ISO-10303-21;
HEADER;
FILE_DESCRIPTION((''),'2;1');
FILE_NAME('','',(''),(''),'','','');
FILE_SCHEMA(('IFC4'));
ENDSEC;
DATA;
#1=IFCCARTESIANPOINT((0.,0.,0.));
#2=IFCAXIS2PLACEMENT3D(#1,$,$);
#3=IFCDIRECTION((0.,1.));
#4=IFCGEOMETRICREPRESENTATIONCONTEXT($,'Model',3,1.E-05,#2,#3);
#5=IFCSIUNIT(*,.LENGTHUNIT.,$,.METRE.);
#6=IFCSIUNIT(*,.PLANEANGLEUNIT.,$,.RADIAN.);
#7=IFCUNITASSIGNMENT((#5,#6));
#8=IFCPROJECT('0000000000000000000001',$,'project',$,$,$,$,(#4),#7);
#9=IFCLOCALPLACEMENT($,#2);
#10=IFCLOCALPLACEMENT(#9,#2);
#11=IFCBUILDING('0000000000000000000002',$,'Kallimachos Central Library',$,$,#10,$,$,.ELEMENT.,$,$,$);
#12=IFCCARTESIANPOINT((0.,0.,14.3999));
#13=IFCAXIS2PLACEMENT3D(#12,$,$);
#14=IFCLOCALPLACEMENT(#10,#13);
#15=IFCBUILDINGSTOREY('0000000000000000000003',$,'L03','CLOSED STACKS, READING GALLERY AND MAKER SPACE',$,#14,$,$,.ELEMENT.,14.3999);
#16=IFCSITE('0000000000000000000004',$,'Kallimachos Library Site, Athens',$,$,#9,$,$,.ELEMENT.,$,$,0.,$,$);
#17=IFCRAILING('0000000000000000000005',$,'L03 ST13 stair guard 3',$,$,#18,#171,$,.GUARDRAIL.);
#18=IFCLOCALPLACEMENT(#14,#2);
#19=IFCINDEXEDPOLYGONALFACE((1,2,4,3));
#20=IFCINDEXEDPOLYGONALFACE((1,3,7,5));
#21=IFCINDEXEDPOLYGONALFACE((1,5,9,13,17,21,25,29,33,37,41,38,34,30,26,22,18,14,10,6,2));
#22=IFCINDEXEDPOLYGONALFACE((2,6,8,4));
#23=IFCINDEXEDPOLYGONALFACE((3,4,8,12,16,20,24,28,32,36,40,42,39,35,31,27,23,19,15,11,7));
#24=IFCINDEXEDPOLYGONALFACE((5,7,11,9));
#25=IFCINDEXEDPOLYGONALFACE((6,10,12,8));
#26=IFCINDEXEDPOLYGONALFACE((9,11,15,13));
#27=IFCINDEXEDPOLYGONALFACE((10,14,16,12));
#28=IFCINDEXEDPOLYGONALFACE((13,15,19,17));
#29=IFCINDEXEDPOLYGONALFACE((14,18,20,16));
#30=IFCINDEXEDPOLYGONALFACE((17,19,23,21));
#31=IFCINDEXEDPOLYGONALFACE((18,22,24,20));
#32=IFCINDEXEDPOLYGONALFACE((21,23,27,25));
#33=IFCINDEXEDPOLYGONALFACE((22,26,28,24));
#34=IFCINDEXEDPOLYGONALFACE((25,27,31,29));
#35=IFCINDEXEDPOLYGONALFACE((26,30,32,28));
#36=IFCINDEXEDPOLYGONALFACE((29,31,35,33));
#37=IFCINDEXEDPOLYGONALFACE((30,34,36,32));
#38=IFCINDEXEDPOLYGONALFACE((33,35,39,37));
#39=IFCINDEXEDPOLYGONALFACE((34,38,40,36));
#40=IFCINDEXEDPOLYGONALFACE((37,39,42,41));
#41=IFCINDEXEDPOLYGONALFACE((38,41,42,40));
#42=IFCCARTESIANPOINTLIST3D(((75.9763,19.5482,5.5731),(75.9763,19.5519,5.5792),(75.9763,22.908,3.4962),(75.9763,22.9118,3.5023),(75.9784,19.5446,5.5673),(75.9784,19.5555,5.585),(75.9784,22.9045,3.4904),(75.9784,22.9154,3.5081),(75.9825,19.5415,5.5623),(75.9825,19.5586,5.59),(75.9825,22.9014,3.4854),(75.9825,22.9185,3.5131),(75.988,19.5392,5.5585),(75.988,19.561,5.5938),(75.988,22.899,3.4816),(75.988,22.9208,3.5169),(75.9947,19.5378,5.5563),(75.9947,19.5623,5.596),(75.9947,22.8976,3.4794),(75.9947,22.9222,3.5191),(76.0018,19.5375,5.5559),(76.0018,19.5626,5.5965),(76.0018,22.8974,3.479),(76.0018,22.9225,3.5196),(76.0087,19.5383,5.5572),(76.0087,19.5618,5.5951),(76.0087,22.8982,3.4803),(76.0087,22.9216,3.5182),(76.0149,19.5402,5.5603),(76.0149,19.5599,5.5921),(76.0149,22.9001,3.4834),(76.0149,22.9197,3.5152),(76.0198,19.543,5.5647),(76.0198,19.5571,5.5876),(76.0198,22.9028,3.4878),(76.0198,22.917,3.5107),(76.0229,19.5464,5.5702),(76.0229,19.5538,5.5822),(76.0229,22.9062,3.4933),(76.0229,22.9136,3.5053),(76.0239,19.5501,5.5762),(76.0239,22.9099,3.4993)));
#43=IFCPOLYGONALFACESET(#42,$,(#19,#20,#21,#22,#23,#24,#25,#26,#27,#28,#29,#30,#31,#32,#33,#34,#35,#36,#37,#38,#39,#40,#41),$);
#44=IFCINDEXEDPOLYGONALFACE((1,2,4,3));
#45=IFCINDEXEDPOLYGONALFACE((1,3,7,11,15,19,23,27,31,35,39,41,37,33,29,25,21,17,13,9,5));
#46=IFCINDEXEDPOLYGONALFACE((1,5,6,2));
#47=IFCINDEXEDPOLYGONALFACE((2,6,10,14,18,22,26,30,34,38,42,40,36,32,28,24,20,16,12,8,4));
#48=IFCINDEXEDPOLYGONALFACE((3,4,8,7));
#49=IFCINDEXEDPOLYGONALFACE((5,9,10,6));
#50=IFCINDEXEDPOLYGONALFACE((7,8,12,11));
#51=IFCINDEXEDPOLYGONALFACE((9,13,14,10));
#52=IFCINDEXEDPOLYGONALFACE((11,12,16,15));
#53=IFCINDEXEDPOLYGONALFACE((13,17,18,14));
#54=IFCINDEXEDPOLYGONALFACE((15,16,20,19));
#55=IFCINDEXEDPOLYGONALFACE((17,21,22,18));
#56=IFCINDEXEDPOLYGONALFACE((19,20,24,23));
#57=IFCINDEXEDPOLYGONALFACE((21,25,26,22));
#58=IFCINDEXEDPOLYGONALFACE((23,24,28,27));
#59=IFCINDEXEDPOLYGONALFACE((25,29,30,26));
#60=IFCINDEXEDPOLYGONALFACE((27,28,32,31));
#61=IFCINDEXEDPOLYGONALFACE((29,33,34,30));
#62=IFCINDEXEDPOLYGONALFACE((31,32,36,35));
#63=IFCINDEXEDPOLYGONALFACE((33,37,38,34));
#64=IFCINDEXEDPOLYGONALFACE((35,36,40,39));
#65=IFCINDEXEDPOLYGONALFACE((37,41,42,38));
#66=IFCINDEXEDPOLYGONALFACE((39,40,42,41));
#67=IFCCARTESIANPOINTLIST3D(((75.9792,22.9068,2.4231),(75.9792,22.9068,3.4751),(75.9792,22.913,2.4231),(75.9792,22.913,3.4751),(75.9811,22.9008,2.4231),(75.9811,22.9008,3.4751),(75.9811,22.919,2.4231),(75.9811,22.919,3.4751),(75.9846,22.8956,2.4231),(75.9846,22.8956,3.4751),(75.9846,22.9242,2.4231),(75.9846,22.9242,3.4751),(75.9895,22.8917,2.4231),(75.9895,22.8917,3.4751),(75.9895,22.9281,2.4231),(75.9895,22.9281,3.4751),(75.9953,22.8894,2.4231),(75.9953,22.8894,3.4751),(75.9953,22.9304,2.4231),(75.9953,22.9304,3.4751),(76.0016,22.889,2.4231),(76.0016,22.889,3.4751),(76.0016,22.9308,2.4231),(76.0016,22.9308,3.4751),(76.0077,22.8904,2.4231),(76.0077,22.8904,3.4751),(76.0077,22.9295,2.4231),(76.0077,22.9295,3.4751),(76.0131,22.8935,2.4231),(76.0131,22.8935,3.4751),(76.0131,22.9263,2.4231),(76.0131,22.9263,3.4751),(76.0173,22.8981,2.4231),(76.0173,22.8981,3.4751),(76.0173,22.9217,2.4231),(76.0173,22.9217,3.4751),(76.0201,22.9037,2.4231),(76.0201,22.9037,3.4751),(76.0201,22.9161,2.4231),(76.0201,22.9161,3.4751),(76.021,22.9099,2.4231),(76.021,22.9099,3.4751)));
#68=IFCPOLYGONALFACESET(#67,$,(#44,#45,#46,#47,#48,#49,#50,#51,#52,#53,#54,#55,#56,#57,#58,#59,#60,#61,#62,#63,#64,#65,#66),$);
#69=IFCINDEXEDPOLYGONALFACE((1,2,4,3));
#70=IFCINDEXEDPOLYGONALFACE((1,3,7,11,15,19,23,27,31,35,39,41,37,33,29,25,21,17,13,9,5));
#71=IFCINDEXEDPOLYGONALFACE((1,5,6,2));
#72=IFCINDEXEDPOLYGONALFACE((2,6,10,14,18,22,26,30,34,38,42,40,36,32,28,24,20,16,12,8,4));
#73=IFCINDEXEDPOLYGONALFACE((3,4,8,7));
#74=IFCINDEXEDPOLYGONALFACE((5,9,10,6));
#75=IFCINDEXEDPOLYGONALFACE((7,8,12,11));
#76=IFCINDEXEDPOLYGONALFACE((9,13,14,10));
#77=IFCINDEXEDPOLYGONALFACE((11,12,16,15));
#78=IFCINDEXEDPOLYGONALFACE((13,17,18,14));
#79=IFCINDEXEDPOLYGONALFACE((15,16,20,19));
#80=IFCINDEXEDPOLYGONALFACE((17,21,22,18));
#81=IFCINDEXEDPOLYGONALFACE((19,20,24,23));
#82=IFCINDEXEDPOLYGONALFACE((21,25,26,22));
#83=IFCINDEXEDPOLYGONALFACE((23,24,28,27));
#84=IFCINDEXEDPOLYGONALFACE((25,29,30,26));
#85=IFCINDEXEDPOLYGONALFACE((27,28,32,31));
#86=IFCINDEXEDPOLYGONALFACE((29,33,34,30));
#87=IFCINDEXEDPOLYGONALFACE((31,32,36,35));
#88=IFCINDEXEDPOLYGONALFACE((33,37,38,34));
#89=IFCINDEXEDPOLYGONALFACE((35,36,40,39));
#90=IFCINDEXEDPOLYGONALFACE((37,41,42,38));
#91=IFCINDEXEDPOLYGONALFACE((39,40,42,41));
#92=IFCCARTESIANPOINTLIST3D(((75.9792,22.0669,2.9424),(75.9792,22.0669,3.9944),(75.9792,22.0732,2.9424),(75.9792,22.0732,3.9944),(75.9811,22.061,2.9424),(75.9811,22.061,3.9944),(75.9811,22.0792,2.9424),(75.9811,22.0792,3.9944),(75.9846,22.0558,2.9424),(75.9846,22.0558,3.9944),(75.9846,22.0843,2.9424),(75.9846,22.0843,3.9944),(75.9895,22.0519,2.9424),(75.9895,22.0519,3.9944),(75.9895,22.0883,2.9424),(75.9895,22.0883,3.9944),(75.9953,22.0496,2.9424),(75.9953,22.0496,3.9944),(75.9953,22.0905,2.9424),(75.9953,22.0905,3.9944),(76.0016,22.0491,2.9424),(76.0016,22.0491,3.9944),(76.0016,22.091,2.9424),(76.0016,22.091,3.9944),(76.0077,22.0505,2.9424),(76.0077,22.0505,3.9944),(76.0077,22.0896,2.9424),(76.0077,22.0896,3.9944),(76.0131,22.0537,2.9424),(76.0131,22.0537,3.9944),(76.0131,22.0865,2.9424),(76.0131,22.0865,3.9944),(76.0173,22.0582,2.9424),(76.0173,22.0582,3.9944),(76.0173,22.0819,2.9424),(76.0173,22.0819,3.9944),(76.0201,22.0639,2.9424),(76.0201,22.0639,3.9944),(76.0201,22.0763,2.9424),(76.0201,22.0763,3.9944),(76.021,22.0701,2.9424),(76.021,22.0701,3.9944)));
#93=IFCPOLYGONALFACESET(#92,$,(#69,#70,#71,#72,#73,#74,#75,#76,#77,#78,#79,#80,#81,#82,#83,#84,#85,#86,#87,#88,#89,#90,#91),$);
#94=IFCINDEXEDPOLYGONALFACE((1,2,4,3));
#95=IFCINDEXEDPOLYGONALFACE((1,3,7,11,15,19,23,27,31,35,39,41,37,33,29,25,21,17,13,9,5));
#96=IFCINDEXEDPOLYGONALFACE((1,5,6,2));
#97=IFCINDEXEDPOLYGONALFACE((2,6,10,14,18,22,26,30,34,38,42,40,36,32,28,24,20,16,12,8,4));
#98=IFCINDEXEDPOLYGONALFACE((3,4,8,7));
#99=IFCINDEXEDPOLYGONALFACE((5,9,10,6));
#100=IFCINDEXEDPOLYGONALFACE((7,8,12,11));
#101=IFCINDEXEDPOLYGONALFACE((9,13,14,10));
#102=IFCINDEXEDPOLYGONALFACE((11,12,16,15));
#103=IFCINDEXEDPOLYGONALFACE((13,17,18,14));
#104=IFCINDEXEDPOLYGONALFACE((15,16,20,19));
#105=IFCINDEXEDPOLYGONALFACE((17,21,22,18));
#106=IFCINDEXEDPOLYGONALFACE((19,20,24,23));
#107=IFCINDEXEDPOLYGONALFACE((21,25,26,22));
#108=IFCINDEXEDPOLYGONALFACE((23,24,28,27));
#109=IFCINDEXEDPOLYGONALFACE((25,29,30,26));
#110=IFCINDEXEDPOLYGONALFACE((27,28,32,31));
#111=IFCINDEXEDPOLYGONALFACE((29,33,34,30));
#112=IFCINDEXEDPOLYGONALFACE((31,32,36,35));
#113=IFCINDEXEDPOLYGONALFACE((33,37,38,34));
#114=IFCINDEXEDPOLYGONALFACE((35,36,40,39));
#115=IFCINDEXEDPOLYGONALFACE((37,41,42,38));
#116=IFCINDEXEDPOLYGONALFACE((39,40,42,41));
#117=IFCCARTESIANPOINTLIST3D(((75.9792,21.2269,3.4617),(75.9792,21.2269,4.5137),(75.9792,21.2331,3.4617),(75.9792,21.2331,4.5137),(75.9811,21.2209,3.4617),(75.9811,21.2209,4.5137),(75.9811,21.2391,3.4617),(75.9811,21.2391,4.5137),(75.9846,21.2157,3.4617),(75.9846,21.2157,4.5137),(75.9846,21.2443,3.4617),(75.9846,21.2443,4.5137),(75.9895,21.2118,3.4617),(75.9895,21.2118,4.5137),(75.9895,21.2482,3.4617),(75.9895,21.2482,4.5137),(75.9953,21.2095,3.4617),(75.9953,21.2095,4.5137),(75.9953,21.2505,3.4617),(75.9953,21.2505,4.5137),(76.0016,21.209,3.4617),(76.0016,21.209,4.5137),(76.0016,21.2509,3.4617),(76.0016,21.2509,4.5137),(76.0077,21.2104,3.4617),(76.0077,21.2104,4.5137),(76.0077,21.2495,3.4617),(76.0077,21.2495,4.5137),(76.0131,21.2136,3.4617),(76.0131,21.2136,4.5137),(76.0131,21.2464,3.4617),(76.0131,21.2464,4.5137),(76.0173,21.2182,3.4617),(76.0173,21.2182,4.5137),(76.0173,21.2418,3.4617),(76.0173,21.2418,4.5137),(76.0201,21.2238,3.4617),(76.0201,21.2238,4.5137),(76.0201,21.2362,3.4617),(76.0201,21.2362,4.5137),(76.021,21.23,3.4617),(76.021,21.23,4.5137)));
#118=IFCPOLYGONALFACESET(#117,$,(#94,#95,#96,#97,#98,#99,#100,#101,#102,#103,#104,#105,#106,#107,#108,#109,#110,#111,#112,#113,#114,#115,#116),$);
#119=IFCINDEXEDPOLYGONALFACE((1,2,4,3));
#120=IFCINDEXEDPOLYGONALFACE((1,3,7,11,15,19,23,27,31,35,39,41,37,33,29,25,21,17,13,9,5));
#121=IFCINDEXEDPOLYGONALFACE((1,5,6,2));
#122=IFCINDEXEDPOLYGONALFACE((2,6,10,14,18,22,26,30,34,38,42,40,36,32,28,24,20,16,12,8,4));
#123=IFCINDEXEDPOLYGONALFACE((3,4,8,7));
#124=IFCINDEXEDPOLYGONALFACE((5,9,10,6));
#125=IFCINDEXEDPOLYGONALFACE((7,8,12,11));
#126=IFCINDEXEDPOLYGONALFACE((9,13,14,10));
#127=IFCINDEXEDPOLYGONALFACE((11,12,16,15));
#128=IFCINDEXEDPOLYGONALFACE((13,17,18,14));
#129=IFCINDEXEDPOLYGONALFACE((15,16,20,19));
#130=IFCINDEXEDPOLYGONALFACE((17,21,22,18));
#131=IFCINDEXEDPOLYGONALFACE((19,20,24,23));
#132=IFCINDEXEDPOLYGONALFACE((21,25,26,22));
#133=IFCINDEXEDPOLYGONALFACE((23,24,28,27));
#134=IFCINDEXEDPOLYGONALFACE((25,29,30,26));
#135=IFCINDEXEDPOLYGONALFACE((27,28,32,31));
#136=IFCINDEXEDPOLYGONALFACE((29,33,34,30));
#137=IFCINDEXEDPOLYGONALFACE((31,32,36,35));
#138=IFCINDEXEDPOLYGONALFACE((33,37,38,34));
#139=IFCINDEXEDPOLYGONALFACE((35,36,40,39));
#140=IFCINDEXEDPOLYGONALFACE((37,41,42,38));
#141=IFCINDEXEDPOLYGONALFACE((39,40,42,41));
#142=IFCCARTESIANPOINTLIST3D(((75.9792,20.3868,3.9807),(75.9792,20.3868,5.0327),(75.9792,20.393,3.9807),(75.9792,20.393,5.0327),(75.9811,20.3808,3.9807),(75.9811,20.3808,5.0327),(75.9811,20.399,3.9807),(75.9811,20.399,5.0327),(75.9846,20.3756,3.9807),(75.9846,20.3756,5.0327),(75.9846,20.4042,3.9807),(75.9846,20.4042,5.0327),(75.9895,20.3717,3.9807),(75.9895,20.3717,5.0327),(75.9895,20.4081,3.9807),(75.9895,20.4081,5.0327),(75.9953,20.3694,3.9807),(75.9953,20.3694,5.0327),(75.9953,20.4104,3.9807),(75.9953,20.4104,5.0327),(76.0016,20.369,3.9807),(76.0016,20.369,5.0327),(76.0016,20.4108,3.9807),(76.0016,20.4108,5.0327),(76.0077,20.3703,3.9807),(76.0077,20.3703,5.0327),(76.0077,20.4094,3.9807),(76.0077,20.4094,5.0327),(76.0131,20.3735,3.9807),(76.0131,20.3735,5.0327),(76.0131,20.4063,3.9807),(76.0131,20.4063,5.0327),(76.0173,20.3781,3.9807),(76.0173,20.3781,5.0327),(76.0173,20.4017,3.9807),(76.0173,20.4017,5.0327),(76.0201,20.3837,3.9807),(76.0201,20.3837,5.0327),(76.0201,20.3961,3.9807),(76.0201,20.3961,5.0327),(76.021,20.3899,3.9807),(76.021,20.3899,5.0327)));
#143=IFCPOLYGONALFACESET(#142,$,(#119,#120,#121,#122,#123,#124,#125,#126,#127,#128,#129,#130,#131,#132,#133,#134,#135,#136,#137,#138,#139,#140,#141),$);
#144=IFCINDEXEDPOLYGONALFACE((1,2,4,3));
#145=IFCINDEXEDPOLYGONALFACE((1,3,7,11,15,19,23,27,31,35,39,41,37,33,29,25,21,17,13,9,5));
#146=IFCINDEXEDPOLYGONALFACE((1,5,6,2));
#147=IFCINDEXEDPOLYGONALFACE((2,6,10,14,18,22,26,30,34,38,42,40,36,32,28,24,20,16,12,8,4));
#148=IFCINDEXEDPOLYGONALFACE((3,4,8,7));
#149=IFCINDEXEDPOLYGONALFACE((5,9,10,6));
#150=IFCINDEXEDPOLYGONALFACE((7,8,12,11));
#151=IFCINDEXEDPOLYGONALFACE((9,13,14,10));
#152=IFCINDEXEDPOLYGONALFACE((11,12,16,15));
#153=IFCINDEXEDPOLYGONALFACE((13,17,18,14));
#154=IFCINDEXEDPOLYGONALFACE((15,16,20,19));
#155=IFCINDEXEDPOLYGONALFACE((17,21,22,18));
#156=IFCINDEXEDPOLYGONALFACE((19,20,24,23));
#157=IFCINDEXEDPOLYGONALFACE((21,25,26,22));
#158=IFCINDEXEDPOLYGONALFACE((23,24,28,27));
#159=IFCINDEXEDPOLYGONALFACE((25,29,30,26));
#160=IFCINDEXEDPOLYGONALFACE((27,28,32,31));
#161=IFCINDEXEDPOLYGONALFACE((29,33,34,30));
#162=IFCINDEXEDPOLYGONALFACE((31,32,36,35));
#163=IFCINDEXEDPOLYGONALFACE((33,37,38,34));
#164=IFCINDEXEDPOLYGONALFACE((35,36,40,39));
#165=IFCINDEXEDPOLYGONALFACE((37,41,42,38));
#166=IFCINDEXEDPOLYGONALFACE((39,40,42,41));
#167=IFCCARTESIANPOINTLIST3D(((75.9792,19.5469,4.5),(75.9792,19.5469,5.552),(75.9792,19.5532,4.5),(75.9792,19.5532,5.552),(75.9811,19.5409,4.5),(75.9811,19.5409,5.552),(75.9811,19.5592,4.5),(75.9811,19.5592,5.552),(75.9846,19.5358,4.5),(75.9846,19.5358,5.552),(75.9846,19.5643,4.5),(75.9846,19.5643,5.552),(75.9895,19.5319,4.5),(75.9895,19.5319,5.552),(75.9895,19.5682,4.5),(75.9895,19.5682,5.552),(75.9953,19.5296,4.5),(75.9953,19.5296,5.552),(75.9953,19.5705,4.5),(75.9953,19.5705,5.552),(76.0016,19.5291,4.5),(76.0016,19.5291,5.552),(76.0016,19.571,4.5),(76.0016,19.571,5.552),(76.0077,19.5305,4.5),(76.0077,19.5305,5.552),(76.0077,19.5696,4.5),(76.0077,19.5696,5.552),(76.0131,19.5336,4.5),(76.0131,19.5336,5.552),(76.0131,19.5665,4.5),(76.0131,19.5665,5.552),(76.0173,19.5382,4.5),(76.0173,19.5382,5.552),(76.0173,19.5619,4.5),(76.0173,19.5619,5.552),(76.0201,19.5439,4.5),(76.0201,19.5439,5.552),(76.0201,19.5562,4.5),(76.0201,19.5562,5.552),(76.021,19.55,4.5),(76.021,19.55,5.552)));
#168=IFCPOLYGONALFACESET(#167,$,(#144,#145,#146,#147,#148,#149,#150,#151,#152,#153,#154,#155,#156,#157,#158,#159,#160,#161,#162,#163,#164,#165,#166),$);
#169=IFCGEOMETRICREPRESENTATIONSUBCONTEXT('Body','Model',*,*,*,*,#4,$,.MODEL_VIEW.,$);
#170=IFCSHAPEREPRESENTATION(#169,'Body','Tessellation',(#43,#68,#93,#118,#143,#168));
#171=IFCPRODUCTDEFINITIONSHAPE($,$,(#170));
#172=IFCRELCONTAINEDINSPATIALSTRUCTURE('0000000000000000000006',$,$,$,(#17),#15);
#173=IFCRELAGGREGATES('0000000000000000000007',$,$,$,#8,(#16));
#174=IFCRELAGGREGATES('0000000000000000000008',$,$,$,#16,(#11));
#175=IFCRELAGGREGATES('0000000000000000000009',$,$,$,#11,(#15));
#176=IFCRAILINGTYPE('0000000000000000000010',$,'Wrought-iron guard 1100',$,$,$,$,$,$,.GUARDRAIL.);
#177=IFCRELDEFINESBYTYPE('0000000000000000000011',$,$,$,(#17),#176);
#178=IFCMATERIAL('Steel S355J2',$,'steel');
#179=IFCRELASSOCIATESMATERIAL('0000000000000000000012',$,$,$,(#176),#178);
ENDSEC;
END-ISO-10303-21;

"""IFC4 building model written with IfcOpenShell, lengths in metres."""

from ifc_helpers import new_model, si_unit, direction, frame, origin, origin_2d, place, context, subcontext, project, spatial, circle, extrude, material, type_object, element, save


model = new_model("IFC4")

# Units and contexts
model_context = context("Model", 3, precision=1e-05, world=origin(), true_north=direction((0.0, 1.0)))
body_context = subcontext(model_context, "Body", "Model", "MODEL_VIEW")
ifc_project = project(units=[si_unit("LENGTHUNIT", "METRE"), si_unit("PLANEANGLEUNIT", "RADIAN")], contexts=[model_context])

# Site, building, storey
site_placement = place(None, origin())
site = spatial("IfcSite", under=ifc_project, at=site_placement, Name="Kallimachos Library Site, Athens", CompositionType="ELEMENT", RefElevation=0.0)
building_placement = place(site_placement, origin())
building = spatial("IfcBuilding", under=site, at=building_placement, Name="Kallimachos Central Library", CompositionType="ELEMENT")
storey_placement = place(building_placement, frame((0.0, 0.0, 14.3999)))
storey = spatial("IfcBuildingStorey", under=building, at=storey_placement, Name="L03", Description="CLOSED STACKS, READING GALLERY AND MAKER SPACE", CompositionType="ELEMENT", Elevation=14.3999)

# Railing
ifc_material_1 = material(Name="Steel S355J2", Category="steel")
railing_type_1 = type_object("IfcRailingType", Name="Wrought-iron guard 1100", PredefinedType="GUARDRAIL", material=ifc_material_1)
railing_1_placement = place(storey_placement, frame((76.0, 22.9099, 2.4231)))
element("IfcRailing", 1, at=railing_1_placement, inside=storey, type_object=railing_type_1, Name="L03 ST13 stair guard 3", PredefinedType="GUARDRAIL", context=body_context, shape_type="SweptSolid", body=[
    extrude(circle(Radius=0.0239, at=origin_2d()), frame((0.0, 0.0, 1.0762), z_axis=(0.0, -0.850606, 0.525803), x_axis=(1.0, 0.0, 0.0)), (0.0, 0.0, 1.0), 3.95),
    extrude(circle(Radius=0.021, at=origin_2d()), origin(), (0.0, 0.0, 1.0), 1.052),
    extrude(circle(Radius=0.021, at=origin_2d()), frame((0.0, -0.8398, 0.5193)), (0.0, 0.0, 1.0), 1.052),
    extrude(circle(Radius=0.021, at=origin_2d()), frame((0.0, -1.6799, 1.0386)), (0.0, 0.0, 1.0), 1.052),
    extrude(circle(Radius=0.021, at=origin_2d()), frame((0.0, -2.52, 1.5576)), (0.0, 0.0, 1.0), 1.052),
    extrude(circle(Radius=0.021, at=origin_2d()), frame((0.0, -3.3599, 2.0769)), (0.0, 0.0, 1.0), 1.052),
])

save(model, "model.ifc")
